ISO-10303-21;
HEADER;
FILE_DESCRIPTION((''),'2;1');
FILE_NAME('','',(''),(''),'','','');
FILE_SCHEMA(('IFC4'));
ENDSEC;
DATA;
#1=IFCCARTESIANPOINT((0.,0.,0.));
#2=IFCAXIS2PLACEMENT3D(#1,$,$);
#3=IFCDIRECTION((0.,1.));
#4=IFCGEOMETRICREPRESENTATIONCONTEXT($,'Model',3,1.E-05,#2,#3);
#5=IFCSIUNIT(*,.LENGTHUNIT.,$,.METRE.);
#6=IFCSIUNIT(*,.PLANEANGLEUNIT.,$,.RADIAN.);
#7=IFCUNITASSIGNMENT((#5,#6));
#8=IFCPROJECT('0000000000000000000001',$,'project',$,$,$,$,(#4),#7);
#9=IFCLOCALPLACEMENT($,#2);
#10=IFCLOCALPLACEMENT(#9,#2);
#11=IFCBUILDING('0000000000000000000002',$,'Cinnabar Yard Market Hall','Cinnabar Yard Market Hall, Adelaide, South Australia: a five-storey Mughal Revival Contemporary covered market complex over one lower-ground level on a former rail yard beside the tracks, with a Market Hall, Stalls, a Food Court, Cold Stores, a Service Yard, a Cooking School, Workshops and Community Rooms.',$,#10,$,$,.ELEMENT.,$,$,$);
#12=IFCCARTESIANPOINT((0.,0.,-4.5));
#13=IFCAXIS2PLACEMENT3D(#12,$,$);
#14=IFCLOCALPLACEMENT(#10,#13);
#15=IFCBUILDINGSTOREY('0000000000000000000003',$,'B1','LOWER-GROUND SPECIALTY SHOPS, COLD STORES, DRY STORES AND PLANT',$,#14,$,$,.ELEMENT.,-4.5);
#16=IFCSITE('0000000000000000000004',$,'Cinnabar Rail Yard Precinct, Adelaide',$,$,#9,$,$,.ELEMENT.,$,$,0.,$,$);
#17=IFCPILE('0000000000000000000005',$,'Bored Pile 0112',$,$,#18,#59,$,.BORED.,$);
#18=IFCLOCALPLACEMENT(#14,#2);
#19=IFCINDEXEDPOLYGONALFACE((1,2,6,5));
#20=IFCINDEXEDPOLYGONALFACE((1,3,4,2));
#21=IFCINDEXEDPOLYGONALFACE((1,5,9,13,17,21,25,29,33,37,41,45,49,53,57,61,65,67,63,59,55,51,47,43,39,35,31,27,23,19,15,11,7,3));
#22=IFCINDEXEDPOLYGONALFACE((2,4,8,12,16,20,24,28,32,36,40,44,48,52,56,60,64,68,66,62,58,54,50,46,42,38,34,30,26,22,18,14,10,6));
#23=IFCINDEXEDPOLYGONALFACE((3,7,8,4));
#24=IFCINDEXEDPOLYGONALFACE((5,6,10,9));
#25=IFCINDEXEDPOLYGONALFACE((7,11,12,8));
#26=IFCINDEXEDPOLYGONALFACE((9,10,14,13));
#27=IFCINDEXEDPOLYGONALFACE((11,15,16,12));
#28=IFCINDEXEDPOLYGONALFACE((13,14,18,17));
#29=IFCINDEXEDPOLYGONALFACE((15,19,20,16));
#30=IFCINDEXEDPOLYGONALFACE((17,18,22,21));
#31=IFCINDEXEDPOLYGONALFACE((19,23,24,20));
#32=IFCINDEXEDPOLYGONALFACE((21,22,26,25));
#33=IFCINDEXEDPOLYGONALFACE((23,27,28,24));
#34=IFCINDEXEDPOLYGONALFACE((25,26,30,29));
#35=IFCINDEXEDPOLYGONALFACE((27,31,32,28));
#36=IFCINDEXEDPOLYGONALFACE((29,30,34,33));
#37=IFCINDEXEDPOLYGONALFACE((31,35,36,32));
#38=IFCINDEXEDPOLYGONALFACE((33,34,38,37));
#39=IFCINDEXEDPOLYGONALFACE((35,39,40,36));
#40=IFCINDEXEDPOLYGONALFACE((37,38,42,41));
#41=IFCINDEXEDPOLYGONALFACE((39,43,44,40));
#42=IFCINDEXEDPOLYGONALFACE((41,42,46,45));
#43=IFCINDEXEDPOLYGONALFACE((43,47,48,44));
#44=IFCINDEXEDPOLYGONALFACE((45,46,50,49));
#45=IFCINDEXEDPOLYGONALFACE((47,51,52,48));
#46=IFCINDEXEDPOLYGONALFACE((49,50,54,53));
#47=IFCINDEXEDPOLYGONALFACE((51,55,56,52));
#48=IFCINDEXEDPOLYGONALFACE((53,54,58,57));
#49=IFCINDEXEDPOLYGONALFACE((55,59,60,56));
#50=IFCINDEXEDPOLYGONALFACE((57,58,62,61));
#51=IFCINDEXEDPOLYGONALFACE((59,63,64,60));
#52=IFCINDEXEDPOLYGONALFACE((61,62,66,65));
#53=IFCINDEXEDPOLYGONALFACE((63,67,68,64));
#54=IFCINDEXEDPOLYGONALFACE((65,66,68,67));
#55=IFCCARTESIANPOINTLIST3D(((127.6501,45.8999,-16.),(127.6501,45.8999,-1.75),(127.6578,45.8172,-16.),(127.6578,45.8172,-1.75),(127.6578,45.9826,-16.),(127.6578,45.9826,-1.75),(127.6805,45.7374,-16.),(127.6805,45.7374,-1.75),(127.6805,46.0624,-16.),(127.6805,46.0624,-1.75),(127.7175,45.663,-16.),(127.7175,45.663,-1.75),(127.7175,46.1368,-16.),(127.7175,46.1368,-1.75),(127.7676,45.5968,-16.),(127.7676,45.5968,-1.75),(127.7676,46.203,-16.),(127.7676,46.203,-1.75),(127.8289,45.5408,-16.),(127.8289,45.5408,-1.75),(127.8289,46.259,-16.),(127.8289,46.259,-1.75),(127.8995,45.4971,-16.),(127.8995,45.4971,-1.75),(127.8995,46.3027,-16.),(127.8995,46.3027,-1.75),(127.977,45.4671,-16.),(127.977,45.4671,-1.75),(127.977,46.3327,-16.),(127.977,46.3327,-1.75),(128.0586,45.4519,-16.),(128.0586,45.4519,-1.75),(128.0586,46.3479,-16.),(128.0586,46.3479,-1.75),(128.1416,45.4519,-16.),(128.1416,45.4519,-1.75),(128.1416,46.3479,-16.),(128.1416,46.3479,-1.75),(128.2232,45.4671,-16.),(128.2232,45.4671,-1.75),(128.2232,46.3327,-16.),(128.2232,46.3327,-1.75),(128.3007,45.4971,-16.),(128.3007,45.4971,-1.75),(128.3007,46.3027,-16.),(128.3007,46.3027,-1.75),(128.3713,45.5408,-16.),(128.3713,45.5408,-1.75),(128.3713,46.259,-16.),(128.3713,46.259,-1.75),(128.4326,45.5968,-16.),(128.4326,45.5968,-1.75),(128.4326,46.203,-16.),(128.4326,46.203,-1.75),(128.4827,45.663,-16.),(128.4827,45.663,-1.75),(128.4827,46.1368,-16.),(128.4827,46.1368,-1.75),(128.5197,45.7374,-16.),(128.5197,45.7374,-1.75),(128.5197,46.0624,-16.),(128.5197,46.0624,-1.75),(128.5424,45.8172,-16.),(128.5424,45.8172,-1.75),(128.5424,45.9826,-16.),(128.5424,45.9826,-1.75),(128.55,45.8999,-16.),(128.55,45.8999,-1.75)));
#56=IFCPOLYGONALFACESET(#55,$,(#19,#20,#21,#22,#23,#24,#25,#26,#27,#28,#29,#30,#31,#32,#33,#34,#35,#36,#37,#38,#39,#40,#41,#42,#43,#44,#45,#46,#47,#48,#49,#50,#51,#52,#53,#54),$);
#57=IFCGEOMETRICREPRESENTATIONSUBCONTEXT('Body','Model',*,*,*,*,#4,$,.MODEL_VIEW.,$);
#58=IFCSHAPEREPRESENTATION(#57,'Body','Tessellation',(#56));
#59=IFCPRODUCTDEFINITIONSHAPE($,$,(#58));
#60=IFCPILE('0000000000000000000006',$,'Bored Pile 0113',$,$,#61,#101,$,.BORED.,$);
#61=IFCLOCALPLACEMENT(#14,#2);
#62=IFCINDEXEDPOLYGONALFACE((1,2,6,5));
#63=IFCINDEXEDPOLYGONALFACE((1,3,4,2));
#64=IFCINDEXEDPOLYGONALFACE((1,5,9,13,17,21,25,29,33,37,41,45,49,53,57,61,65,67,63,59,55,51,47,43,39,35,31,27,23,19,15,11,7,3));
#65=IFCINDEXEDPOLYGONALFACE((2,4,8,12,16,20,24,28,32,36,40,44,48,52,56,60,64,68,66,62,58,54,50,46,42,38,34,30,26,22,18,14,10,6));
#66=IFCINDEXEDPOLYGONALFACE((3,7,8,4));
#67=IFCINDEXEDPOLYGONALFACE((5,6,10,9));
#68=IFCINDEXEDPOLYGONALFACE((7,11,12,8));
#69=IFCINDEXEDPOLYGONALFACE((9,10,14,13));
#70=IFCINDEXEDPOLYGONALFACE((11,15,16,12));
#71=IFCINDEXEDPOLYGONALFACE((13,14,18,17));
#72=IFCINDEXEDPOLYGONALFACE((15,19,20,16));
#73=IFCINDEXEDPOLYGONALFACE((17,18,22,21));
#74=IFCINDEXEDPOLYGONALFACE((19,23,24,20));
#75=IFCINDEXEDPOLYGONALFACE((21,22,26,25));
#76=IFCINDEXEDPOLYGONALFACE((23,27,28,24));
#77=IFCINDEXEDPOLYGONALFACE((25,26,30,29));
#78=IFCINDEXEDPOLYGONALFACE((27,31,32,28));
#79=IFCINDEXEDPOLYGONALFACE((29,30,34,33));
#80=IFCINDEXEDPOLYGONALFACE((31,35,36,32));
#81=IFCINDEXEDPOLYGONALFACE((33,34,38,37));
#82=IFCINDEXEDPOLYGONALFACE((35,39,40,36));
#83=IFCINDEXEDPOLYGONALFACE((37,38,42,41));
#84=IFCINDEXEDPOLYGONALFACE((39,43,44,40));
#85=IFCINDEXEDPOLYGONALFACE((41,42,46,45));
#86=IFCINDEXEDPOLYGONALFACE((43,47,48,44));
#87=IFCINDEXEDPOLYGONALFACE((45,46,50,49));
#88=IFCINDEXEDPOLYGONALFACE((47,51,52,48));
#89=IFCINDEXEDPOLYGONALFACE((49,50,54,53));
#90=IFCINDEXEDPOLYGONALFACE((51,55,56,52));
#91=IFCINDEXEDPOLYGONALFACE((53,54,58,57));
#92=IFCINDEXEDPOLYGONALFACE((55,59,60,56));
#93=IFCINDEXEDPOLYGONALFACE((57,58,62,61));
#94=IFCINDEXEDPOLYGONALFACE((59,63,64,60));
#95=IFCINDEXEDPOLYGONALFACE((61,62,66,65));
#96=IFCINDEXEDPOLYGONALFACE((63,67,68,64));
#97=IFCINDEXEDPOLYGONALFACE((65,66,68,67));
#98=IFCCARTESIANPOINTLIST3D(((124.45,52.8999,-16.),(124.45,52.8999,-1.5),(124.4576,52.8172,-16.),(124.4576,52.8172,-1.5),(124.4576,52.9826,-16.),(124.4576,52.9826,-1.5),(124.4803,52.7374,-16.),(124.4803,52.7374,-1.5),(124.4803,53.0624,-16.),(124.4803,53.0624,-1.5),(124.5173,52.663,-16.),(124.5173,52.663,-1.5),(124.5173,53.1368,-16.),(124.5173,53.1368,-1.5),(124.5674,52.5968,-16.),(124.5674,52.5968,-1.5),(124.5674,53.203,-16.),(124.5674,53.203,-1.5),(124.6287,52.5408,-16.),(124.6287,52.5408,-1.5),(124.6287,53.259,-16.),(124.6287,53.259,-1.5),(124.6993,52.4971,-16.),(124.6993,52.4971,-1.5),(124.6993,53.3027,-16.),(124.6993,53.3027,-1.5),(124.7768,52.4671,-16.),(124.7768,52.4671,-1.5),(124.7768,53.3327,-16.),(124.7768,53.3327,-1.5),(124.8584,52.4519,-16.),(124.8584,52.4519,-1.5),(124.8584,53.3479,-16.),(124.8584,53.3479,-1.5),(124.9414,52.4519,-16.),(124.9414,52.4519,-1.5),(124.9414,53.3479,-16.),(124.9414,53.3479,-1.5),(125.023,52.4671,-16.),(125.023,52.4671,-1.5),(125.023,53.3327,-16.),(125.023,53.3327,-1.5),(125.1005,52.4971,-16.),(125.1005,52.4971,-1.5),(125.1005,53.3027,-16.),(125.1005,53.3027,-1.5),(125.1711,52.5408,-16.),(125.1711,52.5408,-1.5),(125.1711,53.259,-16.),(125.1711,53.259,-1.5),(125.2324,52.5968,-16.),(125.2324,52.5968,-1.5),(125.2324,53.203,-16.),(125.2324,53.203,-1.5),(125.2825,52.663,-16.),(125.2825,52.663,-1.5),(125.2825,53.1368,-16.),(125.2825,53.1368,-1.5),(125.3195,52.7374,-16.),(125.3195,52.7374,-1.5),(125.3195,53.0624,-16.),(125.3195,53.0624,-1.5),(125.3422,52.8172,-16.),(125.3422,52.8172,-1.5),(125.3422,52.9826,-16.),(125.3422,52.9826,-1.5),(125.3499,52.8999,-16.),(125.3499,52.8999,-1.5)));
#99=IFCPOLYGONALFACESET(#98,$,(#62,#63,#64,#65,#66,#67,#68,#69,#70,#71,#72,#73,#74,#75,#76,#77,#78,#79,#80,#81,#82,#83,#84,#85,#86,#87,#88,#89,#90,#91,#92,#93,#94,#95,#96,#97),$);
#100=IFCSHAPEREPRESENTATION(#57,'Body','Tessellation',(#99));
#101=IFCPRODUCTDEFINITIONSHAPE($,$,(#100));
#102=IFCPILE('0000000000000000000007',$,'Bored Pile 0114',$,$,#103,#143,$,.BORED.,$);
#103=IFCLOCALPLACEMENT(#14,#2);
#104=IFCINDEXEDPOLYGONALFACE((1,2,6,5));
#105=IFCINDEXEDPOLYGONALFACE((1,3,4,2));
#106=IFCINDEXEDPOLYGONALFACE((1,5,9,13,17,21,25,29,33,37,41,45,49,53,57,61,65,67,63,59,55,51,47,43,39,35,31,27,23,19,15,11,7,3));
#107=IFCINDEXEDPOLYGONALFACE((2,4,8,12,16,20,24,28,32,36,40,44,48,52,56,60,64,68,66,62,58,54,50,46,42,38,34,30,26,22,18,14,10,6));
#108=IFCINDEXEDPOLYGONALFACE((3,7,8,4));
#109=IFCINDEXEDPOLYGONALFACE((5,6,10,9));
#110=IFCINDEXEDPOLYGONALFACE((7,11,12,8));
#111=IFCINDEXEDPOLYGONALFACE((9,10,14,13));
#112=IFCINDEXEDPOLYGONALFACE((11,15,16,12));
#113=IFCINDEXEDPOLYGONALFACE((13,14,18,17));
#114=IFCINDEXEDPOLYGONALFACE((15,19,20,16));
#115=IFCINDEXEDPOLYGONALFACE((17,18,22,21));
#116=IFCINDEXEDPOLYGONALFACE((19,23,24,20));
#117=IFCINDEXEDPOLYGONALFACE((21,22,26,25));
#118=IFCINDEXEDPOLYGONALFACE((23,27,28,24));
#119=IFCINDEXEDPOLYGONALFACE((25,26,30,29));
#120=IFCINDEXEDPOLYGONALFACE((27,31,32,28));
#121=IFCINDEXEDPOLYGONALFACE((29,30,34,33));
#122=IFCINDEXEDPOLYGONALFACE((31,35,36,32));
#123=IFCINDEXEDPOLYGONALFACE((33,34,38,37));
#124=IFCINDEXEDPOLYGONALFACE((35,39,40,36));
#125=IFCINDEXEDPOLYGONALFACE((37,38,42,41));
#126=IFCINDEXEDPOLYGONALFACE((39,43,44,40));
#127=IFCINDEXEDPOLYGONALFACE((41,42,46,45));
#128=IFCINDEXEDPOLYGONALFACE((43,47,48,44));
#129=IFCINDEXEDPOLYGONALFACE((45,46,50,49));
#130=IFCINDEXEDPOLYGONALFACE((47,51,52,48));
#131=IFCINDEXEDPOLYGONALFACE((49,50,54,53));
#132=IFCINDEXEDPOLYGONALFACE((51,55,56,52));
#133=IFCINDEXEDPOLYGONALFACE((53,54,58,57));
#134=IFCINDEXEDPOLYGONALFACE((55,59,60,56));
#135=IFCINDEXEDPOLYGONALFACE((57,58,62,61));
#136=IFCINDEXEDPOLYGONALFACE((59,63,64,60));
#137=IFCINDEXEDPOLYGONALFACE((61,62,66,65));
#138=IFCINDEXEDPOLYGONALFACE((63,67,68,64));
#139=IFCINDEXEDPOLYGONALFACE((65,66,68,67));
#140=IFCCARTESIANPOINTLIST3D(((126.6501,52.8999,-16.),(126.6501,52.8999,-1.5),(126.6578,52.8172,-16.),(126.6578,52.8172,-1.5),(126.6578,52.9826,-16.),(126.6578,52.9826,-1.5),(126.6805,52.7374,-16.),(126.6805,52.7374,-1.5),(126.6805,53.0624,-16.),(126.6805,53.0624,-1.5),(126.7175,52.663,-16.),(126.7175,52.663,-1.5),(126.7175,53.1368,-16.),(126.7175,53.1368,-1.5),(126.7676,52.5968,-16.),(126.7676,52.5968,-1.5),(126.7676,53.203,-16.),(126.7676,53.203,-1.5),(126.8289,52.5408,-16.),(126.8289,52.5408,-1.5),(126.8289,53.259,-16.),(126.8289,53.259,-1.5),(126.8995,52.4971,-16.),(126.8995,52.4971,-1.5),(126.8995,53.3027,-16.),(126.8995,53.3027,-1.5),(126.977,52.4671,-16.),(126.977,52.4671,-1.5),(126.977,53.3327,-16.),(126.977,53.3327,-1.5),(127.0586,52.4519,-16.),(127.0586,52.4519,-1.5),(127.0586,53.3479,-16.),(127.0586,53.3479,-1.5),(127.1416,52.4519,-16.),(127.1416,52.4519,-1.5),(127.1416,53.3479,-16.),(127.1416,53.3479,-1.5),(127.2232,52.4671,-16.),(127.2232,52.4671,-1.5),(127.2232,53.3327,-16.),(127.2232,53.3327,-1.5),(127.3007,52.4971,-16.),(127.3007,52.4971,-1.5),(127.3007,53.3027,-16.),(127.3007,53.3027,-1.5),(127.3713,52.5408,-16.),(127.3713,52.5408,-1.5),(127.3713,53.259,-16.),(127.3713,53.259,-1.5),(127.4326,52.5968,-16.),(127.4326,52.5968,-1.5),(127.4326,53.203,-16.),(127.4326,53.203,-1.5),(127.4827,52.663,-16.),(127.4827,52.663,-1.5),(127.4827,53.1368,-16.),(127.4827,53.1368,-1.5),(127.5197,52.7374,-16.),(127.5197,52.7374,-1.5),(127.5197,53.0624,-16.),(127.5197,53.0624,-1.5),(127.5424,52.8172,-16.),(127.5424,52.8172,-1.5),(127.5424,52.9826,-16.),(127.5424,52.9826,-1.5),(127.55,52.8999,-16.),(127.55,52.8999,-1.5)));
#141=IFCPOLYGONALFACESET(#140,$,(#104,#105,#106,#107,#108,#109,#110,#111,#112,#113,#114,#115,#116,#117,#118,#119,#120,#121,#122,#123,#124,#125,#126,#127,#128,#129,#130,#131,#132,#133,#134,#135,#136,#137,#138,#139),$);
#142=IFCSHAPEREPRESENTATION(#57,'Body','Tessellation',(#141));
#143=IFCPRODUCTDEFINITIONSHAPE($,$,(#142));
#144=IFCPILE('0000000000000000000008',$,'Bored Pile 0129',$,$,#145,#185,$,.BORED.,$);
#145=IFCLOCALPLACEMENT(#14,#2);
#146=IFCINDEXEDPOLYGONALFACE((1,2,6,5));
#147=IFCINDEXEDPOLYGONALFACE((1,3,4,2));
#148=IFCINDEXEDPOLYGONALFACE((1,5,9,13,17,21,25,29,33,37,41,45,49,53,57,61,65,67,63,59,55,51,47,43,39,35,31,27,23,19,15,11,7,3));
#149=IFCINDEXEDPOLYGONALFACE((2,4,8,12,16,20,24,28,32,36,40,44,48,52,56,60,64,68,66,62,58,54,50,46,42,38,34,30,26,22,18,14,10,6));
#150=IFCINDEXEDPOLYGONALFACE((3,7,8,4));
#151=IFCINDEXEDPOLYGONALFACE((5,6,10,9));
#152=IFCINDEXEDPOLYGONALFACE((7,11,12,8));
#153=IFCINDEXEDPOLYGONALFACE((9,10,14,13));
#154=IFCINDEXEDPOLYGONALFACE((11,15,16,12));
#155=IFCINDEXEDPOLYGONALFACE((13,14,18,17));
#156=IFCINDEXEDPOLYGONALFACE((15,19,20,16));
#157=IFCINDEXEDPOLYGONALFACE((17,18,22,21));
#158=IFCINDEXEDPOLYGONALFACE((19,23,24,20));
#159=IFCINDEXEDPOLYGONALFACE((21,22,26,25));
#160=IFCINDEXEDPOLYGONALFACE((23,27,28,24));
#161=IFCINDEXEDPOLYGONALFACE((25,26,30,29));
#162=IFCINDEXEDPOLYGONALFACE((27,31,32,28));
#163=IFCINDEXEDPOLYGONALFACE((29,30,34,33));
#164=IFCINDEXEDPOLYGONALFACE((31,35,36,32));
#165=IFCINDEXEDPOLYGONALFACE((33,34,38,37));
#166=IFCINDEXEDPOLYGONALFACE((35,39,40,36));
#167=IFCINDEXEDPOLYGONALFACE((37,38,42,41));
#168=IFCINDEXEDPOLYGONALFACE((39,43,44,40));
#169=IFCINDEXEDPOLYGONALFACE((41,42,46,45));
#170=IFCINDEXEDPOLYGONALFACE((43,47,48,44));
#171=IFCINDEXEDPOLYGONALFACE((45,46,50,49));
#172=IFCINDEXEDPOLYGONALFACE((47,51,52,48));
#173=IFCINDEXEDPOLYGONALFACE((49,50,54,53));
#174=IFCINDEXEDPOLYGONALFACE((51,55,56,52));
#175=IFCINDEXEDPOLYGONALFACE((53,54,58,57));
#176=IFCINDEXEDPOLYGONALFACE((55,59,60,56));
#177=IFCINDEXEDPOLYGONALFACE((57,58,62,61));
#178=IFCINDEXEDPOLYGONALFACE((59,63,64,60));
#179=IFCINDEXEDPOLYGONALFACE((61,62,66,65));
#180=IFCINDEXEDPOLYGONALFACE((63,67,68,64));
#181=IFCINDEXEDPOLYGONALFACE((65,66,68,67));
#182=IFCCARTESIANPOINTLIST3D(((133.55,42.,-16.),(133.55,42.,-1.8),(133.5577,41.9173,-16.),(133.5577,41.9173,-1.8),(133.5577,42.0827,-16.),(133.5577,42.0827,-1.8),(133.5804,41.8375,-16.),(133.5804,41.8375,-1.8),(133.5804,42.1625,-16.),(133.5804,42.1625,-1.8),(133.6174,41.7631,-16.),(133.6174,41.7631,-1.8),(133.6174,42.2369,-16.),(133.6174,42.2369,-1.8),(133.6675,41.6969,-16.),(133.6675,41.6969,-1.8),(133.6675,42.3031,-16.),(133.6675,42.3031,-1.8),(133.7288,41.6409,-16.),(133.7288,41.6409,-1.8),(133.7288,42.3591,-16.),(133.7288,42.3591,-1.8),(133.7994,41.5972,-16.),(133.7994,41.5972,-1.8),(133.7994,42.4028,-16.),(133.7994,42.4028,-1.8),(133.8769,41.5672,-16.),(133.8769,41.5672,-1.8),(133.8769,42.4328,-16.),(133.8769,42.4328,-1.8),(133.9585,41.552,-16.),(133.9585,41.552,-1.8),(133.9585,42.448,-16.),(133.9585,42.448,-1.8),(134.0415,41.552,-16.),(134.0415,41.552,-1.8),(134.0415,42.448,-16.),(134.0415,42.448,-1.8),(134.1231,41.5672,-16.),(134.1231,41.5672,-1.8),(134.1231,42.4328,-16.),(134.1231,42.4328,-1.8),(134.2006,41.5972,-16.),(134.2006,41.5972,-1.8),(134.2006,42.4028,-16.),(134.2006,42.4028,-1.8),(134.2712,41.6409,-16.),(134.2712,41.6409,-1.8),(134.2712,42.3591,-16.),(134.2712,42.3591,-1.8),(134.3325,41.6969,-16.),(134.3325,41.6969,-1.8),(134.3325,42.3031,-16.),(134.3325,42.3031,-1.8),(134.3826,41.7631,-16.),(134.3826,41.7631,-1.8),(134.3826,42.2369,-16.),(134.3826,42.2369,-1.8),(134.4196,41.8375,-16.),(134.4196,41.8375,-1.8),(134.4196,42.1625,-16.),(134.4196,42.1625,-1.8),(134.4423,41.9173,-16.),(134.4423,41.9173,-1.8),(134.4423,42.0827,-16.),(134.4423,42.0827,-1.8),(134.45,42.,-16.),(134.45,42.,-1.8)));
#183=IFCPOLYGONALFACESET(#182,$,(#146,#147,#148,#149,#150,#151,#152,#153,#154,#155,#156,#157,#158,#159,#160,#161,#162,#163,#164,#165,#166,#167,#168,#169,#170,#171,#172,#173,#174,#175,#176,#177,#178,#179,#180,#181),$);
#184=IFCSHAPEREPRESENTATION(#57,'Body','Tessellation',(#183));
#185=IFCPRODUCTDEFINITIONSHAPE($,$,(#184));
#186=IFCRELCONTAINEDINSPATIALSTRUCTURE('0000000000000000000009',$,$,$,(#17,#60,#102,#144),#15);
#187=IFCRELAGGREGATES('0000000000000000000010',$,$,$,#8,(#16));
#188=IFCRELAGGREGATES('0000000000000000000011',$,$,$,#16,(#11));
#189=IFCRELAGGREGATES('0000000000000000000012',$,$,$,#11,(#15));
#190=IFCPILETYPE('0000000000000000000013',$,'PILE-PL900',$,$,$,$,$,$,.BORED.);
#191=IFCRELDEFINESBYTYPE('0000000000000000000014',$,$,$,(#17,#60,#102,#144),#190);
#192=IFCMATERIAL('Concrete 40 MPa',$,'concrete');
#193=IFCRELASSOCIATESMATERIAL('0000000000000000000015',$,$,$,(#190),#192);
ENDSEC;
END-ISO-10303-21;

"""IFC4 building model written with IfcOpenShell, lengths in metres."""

from ifc_helpers import new_model, si_unit, direction, frame, origin, origin_2d_with_axis, place, context, subcontext, project, spatial, circle, extrude, material, material_profile, profile_set, type_object, element, save


model = new_model("IFC4")

# Units and contexts
model_context = context("Model", 3, precision=1e-05, world=origin(), true_north=direction((0.0, 1.0)))
body_context = subcontext(model_context, "Body", "Model", "MODEL_VIEW")
ifc_project = project(units=[si_unit("LENGTHUNIT", "METRE"), si_unit("PLANEANGLEUNIT", "RADIAN")], contexts=[model_context])

# Site, building, storey
site_placement = place(None, origin())
site = spatial("IfcSite", under=ifc_project, at=site_placement, Name="Cinnabar Rail Yard Precinct, Adelaide", CompositionType="ELEMENT", RefElevation=0.0)
building_placement = place(site_placement, origin())
building = spatial("IfcBuilding", under=site, at=building_placement, Name="Cinnabar Yard Market Hall", Description="Cinnabar Yard Market Hall, Adelaide, South Australia: a five-storey Mughal Revival Contemporary covered market complex over one lower-ground level on a former rail yard beside the tracks, with a Market Hall, Stalls, a Food Court, Cold Stores, a Service Yard, a Cooking School, Workshops and Community Rooms.", CompositionType="ELEMENT")
storey_placement = place(building_placement, frame((0.0, 0.0, -4.5)))
storey = spatial("IfcBuildingStorey", under=building, at=storey_placement, Name="B1", Description="LOWER-GROUND SPECIALTY SHOPS, COLD STORES, DRY STORES AND PLANT", CompositionType="ELEMENT", Elevation=-4.5)

# Shared definitions
ifc_material_1 = material(Name="Concrete 40 MPa", Category="concrete")

# Piles
ifc_material_profile_1 = material_profile(ifc_material_1, circle(Radius=0.45, at=origin_2d_with_axis()), Name="PILE-D900")
ifc_profile_set_1 = profile_set([ifc_material_profile_1], Name="Concrete 40 MPa")
pile_type = type_object("IfcPileType", Name="PILE-PL900", PredefinedType="BORED", material=ifc_profile_set_1)
for number, where, z_axis, x_axis, name in (
    (1, (128.1001, 45.8999, -1.75), (0.0, 0.0, -1.0), (1.0, 0.0, 0.0), "Bored Pile 0112"),
):
    element("IfcPile", number, at=place(storey_placement, frame(where, z_axis=z_axis, x_axis=x_axis)), inside=storey, type_object=pile_type, Name=name, PredefinedType="BORED", context=body_context, shape_type="SweptSolid", body=[
        extrude(circle(Radius=0.45, at=origin_2d_with_axis()), origin(), (0.0, 0.0, 1.0), 14.25),
    ])
for number, where, z_axis, x_axis, name in (
    (2, (124.8999, 52.8999, -1.5), (0.0, 0.0, -1.0), (1.0, 0.0, 0.0), "Bored Pile 0113"),
    (3, (127.1001, 52.8999, -1.5), (0.0, 0.0, -1.0), (1.0, 0.0, 0.0), "Bored Pile 0114"),
):
    element("IfcPile", number, at=place(storey_placement, frame(where, z_axis=z_axis, x_axis=x_axis)), inside=storey, type_object=pile_type, Name=name, PredefinedType="BORED", context=body_context, shape_type="SweptSolid", body=[
        extrude(circle(Radius=0.45, at=origin_2d_with_axis()), origin(), (0.0, 0.0, 1.0), 14.5),
    ])
for number, where, z_axis, x_axis, name in (
    (4, (134.0, 42.0, -1.8), (0.0, 0.0, -1.0), (1.0, 0.0, 0.0), "Bored Pile 0129"),
):
    element("IfcPile", number, at=place(storey_placement, frame(where, z_axis=z_axis, x_axis=x_axis)), inside=storey, type_object=pile_type, Name=name, PredefinedType="BORED", context=body_context, shape_type="SweptSolid", body=[
        extrude(circle(Radius=0.45, at=origin_2d_with_axis()), origin(), (0.0, 0.0, 1.0), 14.2),
    ])

save(model, "model.ifc")
